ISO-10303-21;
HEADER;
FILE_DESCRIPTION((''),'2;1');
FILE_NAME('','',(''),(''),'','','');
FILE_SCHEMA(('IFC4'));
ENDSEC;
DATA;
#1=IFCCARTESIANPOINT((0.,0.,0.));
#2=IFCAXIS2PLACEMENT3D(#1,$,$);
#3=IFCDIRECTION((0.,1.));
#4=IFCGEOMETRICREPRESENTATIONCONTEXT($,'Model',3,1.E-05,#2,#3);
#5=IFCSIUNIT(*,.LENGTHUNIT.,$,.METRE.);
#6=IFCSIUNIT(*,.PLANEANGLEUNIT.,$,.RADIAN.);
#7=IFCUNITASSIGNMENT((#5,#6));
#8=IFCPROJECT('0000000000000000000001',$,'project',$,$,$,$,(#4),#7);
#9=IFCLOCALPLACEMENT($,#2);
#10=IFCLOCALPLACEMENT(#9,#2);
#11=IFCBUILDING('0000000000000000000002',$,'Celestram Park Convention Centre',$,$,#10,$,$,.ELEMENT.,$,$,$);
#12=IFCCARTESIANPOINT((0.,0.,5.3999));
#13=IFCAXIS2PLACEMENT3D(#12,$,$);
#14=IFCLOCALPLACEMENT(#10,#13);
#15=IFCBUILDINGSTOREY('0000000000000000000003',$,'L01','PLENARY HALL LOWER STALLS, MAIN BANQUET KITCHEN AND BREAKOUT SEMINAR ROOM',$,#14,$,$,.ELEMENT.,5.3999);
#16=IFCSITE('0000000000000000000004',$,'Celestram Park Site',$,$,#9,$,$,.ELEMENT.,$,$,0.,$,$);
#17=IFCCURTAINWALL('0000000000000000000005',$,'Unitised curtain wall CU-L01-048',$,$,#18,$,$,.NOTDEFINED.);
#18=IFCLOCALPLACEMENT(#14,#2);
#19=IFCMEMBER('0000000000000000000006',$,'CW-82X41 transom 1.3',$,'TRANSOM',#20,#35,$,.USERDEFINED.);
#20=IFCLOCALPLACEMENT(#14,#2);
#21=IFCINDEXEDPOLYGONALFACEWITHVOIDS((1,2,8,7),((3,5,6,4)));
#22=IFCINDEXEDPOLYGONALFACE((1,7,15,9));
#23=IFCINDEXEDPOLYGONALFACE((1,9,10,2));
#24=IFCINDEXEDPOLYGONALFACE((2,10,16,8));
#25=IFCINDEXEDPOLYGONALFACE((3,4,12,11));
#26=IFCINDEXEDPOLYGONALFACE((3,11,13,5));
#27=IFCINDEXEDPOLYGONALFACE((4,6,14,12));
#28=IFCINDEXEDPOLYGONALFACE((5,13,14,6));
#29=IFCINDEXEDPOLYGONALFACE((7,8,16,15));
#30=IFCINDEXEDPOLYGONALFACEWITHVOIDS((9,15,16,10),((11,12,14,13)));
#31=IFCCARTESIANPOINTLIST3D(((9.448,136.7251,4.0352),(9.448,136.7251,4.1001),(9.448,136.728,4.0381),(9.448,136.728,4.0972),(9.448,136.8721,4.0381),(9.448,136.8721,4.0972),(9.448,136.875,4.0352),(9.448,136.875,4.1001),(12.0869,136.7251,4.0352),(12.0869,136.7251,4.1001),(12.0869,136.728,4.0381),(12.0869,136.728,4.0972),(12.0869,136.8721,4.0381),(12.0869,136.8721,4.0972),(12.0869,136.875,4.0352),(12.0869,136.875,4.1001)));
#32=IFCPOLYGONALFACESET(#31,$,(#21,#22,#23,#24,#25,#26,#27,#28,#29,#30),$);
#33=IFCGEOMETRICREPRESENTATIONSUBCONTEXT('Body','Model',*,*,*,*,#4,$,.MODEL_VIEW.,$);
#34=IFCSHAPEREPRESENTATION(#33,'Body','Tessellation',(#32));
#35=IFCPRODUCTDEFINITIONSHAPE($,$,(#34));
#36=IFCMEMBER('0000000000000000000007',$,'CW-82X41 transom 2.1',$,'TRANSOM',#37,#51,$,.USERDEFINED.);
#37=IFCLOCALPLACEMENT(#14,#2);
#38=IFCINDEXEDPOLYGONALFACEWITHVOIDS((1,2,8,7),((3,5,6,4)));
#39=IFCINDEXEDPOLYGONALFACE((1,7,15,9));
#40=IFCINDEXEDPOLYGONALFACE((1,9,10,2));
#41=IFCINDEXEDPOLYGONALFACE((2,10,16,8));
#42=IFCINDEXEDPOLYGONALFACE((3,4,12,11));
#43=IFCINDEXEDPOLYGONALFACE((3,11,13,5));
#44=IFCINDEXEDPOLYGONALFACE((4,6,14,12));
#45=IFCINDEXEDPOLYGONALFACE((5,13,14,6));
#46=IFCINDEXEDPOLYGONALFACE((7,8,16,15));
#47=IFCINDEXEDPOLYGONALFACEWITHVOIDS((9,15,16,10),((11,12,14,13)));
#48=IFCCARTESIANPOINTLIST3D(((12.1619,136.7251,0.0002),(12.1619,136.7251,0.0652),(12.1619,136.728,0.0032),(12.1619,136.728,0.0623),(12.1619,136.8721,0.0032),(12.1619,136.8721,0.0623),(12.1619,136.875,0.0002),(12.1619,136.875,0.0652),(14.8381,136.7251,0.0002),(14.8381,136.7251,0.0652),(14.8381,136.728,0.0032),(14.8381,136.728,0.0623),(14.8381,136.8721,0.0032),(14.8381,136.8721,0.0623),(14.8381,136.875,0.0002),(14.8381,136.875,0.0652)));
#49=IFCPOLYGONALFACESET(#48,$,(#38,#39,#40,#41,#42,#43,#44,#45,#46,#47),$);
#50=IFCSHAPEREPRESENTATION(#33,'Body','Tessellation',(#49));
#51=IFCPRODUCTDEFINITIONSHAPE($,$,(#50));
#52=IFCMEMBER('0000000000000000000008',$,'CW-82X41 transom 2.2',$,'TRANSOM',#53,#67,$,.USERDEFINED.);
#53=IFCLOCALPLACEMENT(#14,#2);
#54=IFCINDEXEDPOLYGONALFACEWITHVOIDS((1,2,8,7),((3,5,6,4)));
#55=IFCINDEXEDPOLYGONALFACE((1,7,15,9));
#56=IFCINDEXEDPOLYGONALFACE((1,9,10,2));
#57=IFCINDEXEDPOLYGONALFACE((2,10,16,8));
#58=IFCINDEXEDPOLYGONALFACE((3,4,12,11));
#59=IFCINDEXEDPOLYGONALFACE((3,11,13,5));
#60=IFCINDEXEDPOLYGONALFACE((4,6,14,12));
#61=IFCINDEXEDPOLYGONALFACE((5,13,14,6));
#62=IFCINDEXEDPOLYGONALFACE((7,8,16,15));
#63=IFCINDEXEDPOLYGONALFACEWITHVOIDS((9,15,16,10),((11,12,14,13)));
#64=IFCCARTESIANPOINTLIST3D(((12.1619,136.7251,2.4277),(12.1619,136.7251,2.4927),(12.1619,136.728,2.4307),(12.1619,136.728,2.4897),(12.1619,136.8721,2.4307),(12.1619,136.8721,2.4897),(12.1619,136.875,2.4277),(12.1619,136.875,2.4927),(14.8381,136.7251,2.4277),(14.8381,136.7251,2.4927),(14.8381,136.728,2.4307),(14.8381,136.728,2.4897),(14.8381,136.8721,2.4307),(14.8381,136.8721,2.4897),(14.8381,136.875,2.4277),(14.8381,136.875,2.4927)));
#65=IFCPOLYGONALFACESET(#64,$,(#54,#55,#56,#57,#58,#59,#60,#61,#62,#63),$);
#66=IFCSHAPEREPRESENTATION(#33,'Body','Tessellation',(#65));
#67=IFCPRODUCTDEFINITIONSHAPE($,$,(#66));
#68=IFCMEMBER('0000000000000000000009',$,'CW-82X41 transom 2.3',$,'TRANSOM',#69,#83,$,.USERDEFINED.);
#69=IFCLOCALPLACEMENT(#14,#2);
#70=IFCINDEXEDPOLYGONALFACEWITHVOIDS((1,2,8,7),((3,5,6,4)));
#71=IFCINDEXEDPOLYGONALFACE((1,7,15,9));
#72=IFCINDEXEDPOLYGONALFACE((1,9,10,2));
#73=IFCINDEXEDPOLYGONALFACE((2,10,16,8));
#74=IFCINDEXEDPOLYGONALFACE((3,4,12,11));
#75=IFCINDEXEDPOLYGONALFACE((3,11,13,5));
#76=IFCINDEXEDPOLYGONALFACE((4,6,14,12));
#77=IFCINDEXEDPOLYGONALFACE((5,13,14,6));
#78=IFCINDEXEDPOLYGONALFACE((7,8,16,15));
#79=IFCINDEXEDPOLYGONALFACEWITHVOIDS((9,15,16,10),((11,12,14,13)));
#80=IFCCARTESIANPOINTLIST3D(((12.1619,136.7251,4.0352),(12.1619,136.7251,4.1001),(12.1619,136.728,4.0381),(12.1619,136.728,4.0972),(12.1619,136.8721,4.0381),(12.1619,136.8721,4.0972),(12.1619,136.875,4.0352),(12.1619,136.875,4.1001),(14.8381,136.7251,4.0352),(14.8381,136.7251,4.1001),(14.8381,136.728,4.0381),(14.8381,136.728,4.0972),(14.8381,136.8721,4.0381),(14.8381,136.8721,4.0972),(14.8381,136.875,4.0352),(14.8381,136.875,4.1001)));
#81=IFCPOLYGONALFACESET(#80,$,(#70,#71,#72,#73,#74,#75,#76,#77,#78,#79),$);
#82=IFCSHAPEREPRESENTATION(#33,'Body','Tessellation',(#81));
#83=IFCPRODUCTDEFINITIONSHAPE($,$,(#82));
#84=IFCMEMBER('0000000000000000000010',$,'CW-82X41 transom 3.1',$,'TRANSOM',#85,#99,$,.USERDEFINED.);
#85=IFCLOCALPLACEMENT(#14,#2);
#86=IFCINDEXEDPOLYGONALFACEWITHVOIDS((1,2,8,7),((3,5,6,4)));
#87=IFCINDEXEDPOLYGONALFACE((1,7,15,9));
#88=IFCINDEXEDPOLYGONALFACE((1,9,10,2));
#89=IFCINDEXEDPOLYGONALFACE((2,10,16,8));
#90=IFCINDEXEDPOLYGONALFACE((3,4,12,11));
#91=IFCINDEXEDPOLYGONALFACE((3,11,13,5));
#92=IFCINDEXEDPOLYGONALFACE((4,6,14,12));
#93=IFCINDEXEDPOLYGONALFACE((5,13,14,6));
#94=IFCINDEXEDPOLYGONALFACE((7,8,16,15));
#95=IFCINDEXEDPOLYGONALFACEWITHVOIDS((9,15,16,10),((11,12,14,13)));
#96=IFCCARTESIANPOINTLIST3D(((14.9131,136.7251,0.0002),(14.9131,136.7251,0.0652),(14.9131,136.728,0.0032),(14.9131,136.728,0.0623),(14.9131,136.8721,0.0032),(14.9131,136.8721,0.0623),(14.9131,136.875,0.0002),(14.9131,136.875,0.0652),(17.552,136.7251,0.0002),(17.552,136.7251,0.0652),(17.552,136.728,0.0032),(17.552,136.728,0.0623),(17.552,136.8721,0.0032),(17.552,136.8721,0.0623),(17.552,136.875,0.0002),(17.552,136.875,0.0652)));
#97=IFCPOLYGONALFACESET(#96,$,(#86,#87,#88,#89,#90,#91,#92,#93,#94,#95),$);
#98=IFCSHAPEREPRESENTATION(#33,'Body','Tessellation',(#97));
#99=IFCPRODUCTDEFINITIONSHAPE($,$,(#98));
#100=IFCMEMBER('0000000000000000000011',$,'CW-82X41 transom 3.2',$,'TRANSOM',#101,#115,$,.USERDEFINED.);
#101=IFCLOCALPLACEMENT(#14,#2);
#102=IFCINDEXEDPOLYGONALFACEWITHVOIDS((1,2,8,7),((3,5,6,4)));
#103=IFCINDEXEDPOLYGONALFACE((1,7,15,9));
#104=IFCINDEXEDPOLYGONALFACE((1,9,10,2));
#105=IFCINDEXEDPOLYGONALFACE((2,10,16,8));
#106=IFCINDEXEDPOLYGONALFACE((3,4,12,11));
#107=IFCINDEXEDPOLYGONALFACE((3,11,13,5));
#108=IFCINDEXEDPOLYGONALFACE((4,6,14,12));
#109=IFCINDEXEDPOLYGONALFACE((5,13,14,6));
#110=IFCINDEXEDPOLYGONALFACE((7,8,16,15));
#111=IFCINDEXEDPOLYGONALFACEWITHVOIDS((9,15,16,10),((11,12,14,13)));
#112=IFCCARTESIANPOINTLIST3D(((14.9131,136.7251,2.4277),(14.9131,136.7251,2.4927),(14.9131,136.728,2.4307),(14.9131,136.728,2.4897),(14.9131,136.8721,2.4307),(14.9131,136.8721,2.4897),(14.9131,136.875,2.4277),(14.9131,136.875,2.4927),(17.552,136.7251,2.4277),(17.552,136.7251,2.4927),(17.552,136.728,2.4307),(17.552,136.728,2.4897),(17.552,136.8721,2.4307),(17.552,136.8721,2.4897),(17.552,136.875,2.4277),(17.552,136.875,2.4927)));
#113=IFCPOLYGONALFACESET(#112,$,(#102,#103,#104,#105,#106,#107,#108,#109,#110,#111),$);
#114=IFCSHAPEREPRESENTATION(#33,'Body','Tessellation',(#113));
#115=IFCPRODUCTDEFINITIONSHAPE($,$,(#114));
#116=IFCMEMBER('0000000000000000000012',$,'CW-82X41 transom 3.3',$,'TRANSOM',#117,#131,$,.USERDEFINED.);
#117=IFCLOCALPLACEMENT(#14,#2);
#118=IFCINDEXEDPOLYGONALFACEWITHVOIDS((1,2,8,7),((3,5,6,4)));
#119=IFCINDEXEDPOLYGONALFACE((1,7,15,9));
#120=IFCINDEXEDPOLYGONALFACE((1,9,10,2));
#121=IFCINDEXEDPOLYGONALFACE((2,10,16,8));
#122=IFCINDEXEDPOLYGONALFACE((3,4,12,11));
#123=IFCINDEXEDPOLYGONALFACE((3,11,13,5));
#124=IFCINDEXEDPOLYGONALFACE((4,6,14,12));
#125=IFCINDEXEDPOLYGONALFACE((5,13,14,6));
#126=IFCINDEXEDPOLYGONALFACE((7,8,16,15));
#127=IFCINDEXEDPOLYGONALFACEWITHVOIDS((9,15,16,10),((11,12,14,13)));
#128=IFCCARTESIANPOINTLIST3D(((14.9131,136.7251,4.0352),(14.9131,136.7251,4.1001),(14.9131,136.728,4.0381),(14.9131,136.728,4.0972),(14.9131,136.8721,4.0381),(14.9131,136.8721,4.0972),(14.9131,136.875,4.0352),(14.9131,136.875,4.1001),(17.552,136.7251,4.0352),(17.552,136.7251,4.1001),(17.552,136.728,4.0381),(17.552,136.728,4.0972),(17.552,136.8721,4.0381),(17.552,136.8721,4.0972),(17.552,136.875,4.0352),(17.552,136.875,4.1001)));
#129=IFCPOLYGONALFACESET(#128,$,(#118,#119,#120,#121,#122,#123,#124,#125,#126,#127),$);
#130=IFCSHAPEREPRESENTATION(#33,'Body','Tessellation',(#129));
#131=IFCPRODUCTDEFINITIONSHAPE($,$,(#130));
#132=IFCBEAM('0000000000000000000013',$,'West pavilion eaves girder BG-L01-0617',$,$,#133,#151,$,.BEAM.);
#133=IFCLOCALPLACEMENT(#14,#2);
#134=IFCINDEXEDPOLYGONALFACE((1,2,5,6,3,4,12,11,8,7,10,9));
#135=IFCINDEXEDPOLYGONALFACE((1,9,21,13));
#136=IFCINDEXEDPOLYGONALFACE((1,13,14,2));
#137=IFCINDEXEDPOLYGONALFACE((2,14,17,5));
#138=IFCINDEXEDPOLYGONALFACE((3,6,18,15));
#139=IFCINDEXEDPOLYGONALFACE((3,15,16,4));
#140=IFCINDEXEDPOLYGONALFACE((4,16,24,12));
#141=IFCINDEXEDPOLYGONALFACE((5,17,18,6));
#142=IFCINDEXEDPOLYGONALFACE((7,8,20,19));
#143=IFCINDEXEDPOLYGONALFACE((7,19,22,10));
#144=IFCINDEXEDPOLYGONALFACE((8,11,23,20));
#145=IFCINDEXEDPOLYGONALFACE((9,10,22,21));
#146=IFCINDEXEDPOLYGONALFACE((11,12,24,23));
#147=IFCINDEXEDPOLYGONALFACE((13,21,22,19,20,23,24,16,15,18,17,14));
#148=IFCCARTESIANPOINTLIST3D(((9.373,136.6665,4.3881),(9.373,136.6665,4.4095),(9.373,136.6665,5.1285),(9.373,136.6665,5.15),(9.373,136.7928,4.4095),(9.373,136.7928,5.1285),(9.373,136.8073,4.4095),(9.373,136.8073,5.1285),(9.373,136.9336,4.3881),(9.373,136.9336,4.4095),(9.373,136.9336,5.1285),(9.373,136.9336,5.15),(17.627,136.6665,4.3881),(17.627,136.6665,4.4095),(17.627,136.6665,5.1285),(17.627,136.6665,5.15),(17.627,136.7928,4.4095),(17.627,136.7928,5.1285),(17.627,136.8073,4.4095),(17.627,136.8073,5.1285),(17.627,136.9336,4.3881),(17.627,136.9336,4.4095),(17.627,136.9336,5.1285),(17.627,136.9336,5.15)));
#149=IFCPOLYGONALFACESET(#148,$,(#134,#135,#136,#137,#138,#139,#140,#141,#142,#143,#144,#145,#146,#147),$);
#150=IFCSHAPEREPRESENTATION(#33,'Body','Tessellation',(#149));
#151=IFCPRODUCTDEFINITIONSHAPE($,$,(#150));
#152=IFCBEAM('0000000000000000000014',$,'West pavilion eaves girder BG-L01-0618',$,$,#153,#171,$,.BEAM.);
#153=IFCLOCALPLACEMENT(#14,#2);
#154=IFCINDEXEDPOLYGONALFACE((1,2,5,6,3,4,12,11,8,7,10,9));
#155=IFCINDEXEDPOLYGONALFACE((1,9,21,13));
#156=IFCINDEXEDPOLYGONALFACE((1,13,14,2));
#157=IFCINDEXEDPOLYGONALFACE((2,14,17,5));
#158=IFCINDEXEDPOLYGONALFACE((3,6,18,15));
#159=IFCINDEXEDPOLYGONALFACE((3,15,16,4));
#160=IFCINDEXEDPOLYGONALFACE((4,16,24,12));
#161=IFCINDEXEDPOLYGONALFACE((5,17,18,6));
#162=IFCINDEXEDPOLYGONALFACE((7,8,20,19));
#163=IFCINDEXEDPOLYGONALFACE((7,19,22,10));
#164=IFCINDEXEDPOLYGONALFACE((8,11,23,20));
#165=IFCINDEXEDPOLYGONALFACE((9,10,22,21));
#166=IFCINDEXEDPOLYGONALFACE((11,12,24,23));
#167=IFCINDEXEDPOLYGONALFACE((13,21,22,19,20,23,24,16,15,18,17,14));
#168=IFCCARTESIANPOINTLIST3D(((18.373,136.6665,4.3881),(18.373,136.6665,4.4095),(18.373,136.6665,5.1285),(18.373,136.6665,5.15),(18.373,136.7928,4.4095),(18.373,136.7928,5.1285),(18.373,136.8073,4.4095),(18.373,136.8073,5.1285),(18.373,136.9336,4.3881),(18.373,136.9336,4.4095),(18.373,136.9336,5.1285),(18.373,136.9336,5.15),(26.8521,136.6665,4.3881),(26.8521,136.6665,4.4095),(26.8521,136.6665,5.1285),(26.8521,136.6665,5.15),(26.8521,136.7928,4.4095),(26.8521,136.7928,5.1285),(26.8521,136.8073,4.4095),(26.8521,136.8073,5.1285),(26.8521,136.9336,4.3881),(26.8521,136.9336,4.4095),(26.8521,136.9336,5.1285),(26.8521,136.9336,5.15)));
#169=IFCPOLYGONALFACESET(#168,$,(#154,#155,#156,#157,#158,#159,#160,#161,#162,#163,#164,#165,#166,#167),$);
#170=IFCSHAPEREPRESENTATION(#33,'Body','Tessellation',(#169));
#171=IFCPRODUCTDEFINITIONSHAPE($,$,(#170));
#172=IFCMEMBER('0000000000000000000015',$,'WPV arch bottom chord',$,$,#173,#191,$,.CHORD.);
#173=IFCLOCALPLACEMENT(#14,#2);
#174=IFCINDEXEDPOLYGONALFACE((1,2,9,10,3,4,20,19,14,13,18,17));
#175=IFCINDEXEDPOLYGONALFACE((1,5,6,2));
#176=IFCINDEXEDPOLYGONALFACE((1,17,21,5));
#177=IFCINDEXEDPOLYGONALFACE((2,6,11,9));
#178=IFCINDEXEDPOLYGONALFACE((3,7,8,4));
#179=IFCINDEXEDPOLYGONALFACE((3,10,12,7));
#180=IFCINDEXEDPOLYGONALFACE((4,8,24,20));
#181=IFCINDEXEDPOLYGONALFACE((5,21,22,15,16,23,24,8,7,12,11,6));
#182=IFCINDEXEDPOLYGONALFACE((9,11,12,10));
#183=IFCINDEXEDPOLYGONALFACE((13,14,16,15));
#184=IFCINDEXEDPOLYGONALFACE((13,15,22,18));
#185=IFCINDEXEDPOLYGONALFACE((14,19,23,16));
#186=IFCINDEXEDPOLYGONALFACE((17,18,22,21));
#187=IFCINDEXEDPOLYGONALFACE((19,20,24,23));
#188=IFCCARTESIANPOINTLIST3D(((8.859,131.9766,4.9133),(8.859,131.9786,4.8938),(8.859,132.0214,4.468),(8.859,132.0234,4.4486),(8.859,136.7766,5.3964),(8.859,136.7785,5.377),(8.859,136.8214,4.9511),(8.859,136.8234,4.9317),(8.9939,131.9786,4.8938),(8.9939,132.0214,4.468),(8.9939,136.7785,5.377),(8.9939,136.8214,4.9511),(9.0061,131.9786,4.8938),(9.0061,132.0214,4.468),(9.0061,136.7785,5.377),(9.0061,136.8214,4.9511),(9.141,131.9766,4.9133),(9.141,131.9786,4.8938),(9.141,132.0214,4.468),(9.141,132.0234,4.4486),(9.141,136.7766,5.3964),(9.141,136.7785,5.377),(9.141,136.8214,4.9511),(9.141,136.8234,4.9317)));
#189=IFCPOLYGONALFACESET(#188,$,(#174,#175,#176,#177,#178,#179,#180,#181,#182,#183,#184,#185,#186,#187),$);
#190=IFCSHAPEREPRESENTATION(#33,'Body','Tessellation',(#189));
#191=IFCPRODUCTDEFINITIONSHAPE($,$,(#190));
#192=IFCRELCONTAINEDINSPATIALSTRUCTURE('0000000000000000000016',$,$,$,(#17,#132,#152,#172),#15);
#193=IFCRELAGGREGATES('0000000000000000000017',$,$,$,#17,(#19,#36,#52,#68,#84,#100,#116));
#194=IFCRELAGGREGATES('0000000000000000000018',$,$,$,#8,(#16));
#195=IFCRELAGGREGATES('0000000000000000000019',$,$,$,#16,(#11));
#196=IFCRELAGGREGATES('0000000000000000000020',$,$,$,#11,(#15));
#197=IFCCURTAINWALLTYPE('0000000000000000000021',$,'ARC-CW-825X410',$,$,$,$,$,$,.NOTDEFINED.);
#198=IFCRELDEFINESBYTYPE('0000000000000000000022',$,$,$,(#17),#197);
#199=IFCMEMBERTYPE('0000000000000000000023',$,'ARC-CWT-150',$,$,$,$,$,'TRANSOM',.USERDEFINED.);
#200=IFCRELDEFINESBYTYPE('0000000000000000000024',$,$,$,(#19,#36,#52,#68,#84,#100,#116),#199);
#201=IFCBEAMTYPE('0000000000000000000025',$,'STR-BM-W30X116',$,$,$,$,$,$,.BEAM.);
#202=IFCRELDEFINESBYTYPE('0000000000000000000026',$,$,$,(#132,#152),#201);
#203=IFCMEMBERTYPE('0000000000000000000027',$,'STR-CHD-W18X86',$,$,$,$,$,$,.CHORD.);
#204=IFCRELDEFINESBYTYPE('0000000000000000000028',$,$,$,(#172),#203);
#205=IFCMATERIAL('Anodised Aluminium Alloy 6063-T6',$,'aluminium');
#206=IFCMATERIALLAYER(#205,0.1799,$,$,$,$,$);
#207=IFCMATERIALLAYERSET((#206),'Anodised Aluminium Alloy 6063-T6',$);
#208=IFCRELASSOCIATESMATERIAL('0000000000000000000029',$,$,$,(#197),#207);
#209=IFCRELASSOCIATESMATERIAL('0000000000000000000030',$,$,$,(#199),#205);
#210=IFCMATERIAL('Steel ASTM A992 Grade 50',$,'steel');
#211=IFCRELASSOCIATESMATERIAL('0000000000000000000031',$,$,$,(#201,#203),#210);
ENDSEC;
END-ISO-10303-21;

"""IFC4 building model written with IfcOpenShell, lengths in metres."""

from ifc_helpers import new_model, si_unit, direction, frame, origin, origin_2d, place, context, subcontext, project, spatial, hollow_rectangle, i_section, extrude, material, layer, layer_set, material_profile, profile_set, type_object, element, aggregate, save


model = new_model("IFC4")

# Units and contexts
model_context = context("Model", 3, precision=1e-05, world=origin(), true_north=direction((0.0, 1.0)))
body_context = subcontext(model_context, "Body", "Model", "MODEL_VIEW")
ifc_project = project(units=[si_unit("LENGTHUNIT", "METRE"), si_unit("PLANEANGLEUNIT", "RADIAN")], contexts=[model_context])

# Site, building, storey
site_placement = place(None, origin())
site = spatial("IfcSite", under=ifc_project, at=site_placement, Name="Celestram Park Site", CompositionType="ELEMENT", RefElevation=0.0)
building_placement = place(site_placement, origin())
building = spatial("IfcBuilding", under=site, at=building_placement, Name="Celestram Park Convention Centre", CompositionType="ELEMENT")
storey_placement = place(building_placement, frame((0.0, 0.0, 5.3999)))
storey = spatial("IfcBuildingStorey", under=building, at=storey_placement, Name="L01", Description="PLENARY HALL LOWER STALLS, MAIN BANQUET KITCHEN AND BREAKOUT SEMINAR ROOM", CompositionType="ELEMENT", Elevation=5.3999)

# Shared definitions
ifc_material_1 = material(Name="Anodised Aluminium Alloy 6063-T6", Category="aluminium")
ifc_layer_1 = layer(ifc_material_1, 0.1799)
ifc_layer_set_1 = layer_set([ifc_layer_1], Name="Anodised Aluminium Alloy 6063-T6")
curtain_wall_type = type_object("IfcCurtainWallType", Name="ARC-CW-825X410", PredefinedType="NOTDEFINED", material=ifc_layer_set_1)

# Curtain wall
curtain_wall_1_placement = place(storey_placement, origin())
curtain_wall_1 = element("IfcCurtainWall", 1, at=curtain_wall_1_placement, inside=storey, type_object=curtain_wall_type, Name="Unitised curtain wall CU-L01-048", PredefinedType="NOTDEFINED")

# Members
ifc_material_profile_1 = material_profile(ifc_material_1, hollow_rectangle(XDim=0.1499, YDim=0.0649, WallThickness=0.0029, at=origin_2d()), Name="ALU150X65X3")
ifc_profile_set_1 = profile_set([ifc_material_profile_1], Name="Anodised Aluminium Alloy 6063-T6")
member_type_1 = type_object("IfcMemberType", Name="ARC-CWT-150", ElementType="TRANSOM", PredefinedType="USERDEFINED", material=ifc_profile_set_1)
member_1_placement = place(storey_placement, frame((9.448, 136.8, 4.0676), z_axis=(1.0, 0.0, 0.0), x_axis=(0.0, 1.0, 0.0)))
member_1 = element("IfcMember", 2, at=member_1_placement, type_object=member_type_1, Name="CW-82X41 transom 1.3", ObjectType="TRANSOM", PredefinedType="USERDEFINED", context=body_context, shape_type="SweptSolid", body=[
    extrude(hollow_rectangle(XDim=0.1499, YDim=0.0649, WallThickness=0.0029, at=origin_2d()), origin(), (0.0, 0.0, 1.0), 2.6389),
])
member_2_placement = place(storey_placement, frame((12.1619, 136.8, 0.0327), z_axis=(1.0, 0.0, 0.0), x_axis=(0.0, 1.0, 0.0)))
member_2 = element("IfcMember", 3, at=member_2_placement, type_object=member_type_1, Name="CW-82X41 transom 2.1", ObjectType="TRANSOM", PredefinedType="USERDEFINED", context=body_context, shape_type="SweptSolid", body=[
    extrude(hollow_rectangle(XDim=0.1499, YDim=0.0649, WallThickness=0.0029, at=origin_2d()), origin(), (0.0, 0.0, 1.0), 2.6763),
])
member_3_placement = place(storey_placement, frame((12.1619, 136.8, 2.4602), z_axis=(1.0, 0.0, 0.0), x_axis=(0.0, 1.0, 0.0)))
member_3 = element("IfcMember", 4, at=member_3_placement, type_object=member_type_1, Name="CW-82X41 transom 2.2", ObjectType="TRANSOM", PredefinedType="USERDEFINED", context=body_context, shape_type="SweptSolid", body=[
    extrude(hollow_rectangle(XDim=0.1499, YDim=0.0649, WallThickness=0.0029, at=origin_2d()), origin(), (0.0, 0.0, 1.0), 2.6763),
])
member_4_placement = place(storey_placement, frame((12.1619, 136.8, 4.0676), z_axis=(1.0, 0.0, 0.0), x_axis=(0.0, 1.0, 0.0)))
member_4 = element("IfcMember", 5, at=member_4_placement, type_object=member_type_1, Name="CW-82X41 transom 2.3", ObjectType="TRANSOM", PredefinedType="USERDEFINED", context=body_context, shape_type="SweptSolid", body=[
    extrude(hollow_rectangle(XDim=0.1499, YDim=0.0649, WallThickness=0.0029, at=origin_2d()), origin(), (0.0, 0.0, 1.0), 2.6763),
])
member_5_placement = place(storey_placement, frame((14.9131, 136.8, 0.0327), z_axis=(1.0, 0.0, 0.0), x_axis=(0.0, 1.0, 0.0)))
member_5 = element("IfcMember", 6, at=member_5_placement, type_object=member_type_1, Name="CW-82X41 transom 3.1", ObjectType="TRANSOM", PredefinedType="USERDEFINED", context=body_context, shape_type="SweptSolid", body=[
    extrude(hollow_rectangle(XDim=0.1499, YDim=0.0649, WallThickness=0.0029, at=origin_2d()), origin(), (0.0, 0.0, 1.0), 2.6389),
])
member_6_placement = place(storey_placement, frame((14.9131, 136.8, 2.4602), z_axis=(1.0, 0.0, 0.0), x_axis=(0.0, 1.0, 0.0)))
member_6 = element("IfcMember", 7, at=member_6_placement, type_object=member_type_1, Name="CW-82X41 transom 3.2", ObjectType="TRANSOM", PredefinedType="USERDEFINED", context=body_context, shape_type="SweptSolid", body=[
    extrude(hollow_rectangle(XDim=0.1499, YDim=0.0649, WallThickness=0.0029, at=origin_2d()), origin(), (0.0, 0.0, 1.0), 2.6389),
])
member_7_placement = place(storey_placement, frame((14.9131, 136.8, 4.0676), z_axis=(1.0, 0.0, 0.0), x_axis=(0.0, 1.0, 0.0)))
member_7 = element("IfcMember", 8, at=member_7_placement, type_object=member_type_1, Name="CW-82X41 transom 3.3", ObjectType="TRANSOM", PredefinedType="USERDEFINED", context=body_context, shape_type="SweptSolid", body=[
    extrude(hollow_rectangle(XDim=0.1499, YDim=0.0649, WallThickness=0.0029, at=origin_2d()), origin(), (0.0, 0.0, 1.0), 2.6389),
])

# Beams
ifc_material_2 = material(Name="Steel ASTM A992 Grade 50", Category="steel")
ifc_material_profile_2 = material_profile(ifc_material_2, i_section(OverallWidth=0.2671, OverallDepth=0.762, WebThickness=0.0144, FlangeThickness=0.0215, at=origin_2d()), Name="W30X116")
ifc_profile_set_2 = profile_set([ifc_material_profile_2], Name="Steel ASTM A992 Grade 50")
beam_type_1 = type_object("IfcBeamType", Name="STR-BM-W30X116", PredefinedType="BEAM", material=ifc_profile_set_2)
beam_1_placement = place(storey_placement, frame((9.373, 136.8, 4.769), z_axis=(1.0, 0.0, 0.0), x_axis=(0.0, 1.0, 0.0)))
element("IfcBeam", 9, at=beam_1_placement, inside=storey, type_object=beam_type_1, Name="West pavilion eaves girder BG-L01-0617", PredefinedType="BEAM", context=body_context, shape_type="SweptSolid", body=[
    extrude(i_section(OverallWidth=0.2671, OverallDepth=0.762, WebThickness=0.0144, FlangeThickness=0.0215, at=origin_2d()), origin(), (0.0, 0.0, 1.0), 8.2539),
])
beam_2_placement = place(storey_placement, frame((18.373, 136.8, 4.769), z_axis=(1.0, 0.0, 0.0), x_axis=(0.0, 1.0, 0.0)))
element("IfcBeam", 10, at=beam_2_placement, inside=storey, type_object=beam_type_1, Name="West pavilion eaves girder BG-L01-0618", PredefinedType="BEAM", context=body_context, shape_type="SweptSolid", body=[
    extrude(i_section(OverallWidth=0.2671, OverallDepth=0.762, WebThickness=0.0144, FlangeThickness=0.0215, at=origin_2d()), origin(), (0.0, 0.0, 1.0), 8.479),
])

# Member
ifc_material_profile_3 = material_profile(ifc_material_2, i_section(OverallWidth=0.282, OverallDepth=0.467, WebThickness=0.0122, FlangeThickness=0.0195, at=origin_2d()), Name="W18X86")
ifc_profile_set_3 = profile_set([ifc_material_profile_3], Name="Steel ASTM A992 Grade 50")
member_type_2 = type_object("IfcMemberType", Name="STR-CHD-W18X86", PredefinedType="CHORD", material=ifc_profile_set_3)
for number, where, z_axis, x_axis, name in (
    (11, (9.0, 132.0, 4.6809), (0.0, 0.994972, 0.10015), (-1.0, 0.0, 0.0), "WPV arch bottom chord"),
):
    element("IfcMember", number, at=place(storey_placement, frame(where, z_axis=z_axis, x_axis=x_axis)), inside=storey, type_object=member_type_2, Name=name, PredefinedType="CHORD", context=body_context, shape_type="SweptSolid", body=[
        extrude(i_section(OverallWidth=0.282, OverallDepth=0.467, WebThickness=0.0122, FlangeThickness=0.0195, at=origin_2d()), origin(), (0.0, 0.0, 1.0), 4.8242),
    ])

aggregate(curtain_wall_1, [member_1, member_2, member_3, member_4, member_5, member_6, member_7])

save(model, "model.ifc")
